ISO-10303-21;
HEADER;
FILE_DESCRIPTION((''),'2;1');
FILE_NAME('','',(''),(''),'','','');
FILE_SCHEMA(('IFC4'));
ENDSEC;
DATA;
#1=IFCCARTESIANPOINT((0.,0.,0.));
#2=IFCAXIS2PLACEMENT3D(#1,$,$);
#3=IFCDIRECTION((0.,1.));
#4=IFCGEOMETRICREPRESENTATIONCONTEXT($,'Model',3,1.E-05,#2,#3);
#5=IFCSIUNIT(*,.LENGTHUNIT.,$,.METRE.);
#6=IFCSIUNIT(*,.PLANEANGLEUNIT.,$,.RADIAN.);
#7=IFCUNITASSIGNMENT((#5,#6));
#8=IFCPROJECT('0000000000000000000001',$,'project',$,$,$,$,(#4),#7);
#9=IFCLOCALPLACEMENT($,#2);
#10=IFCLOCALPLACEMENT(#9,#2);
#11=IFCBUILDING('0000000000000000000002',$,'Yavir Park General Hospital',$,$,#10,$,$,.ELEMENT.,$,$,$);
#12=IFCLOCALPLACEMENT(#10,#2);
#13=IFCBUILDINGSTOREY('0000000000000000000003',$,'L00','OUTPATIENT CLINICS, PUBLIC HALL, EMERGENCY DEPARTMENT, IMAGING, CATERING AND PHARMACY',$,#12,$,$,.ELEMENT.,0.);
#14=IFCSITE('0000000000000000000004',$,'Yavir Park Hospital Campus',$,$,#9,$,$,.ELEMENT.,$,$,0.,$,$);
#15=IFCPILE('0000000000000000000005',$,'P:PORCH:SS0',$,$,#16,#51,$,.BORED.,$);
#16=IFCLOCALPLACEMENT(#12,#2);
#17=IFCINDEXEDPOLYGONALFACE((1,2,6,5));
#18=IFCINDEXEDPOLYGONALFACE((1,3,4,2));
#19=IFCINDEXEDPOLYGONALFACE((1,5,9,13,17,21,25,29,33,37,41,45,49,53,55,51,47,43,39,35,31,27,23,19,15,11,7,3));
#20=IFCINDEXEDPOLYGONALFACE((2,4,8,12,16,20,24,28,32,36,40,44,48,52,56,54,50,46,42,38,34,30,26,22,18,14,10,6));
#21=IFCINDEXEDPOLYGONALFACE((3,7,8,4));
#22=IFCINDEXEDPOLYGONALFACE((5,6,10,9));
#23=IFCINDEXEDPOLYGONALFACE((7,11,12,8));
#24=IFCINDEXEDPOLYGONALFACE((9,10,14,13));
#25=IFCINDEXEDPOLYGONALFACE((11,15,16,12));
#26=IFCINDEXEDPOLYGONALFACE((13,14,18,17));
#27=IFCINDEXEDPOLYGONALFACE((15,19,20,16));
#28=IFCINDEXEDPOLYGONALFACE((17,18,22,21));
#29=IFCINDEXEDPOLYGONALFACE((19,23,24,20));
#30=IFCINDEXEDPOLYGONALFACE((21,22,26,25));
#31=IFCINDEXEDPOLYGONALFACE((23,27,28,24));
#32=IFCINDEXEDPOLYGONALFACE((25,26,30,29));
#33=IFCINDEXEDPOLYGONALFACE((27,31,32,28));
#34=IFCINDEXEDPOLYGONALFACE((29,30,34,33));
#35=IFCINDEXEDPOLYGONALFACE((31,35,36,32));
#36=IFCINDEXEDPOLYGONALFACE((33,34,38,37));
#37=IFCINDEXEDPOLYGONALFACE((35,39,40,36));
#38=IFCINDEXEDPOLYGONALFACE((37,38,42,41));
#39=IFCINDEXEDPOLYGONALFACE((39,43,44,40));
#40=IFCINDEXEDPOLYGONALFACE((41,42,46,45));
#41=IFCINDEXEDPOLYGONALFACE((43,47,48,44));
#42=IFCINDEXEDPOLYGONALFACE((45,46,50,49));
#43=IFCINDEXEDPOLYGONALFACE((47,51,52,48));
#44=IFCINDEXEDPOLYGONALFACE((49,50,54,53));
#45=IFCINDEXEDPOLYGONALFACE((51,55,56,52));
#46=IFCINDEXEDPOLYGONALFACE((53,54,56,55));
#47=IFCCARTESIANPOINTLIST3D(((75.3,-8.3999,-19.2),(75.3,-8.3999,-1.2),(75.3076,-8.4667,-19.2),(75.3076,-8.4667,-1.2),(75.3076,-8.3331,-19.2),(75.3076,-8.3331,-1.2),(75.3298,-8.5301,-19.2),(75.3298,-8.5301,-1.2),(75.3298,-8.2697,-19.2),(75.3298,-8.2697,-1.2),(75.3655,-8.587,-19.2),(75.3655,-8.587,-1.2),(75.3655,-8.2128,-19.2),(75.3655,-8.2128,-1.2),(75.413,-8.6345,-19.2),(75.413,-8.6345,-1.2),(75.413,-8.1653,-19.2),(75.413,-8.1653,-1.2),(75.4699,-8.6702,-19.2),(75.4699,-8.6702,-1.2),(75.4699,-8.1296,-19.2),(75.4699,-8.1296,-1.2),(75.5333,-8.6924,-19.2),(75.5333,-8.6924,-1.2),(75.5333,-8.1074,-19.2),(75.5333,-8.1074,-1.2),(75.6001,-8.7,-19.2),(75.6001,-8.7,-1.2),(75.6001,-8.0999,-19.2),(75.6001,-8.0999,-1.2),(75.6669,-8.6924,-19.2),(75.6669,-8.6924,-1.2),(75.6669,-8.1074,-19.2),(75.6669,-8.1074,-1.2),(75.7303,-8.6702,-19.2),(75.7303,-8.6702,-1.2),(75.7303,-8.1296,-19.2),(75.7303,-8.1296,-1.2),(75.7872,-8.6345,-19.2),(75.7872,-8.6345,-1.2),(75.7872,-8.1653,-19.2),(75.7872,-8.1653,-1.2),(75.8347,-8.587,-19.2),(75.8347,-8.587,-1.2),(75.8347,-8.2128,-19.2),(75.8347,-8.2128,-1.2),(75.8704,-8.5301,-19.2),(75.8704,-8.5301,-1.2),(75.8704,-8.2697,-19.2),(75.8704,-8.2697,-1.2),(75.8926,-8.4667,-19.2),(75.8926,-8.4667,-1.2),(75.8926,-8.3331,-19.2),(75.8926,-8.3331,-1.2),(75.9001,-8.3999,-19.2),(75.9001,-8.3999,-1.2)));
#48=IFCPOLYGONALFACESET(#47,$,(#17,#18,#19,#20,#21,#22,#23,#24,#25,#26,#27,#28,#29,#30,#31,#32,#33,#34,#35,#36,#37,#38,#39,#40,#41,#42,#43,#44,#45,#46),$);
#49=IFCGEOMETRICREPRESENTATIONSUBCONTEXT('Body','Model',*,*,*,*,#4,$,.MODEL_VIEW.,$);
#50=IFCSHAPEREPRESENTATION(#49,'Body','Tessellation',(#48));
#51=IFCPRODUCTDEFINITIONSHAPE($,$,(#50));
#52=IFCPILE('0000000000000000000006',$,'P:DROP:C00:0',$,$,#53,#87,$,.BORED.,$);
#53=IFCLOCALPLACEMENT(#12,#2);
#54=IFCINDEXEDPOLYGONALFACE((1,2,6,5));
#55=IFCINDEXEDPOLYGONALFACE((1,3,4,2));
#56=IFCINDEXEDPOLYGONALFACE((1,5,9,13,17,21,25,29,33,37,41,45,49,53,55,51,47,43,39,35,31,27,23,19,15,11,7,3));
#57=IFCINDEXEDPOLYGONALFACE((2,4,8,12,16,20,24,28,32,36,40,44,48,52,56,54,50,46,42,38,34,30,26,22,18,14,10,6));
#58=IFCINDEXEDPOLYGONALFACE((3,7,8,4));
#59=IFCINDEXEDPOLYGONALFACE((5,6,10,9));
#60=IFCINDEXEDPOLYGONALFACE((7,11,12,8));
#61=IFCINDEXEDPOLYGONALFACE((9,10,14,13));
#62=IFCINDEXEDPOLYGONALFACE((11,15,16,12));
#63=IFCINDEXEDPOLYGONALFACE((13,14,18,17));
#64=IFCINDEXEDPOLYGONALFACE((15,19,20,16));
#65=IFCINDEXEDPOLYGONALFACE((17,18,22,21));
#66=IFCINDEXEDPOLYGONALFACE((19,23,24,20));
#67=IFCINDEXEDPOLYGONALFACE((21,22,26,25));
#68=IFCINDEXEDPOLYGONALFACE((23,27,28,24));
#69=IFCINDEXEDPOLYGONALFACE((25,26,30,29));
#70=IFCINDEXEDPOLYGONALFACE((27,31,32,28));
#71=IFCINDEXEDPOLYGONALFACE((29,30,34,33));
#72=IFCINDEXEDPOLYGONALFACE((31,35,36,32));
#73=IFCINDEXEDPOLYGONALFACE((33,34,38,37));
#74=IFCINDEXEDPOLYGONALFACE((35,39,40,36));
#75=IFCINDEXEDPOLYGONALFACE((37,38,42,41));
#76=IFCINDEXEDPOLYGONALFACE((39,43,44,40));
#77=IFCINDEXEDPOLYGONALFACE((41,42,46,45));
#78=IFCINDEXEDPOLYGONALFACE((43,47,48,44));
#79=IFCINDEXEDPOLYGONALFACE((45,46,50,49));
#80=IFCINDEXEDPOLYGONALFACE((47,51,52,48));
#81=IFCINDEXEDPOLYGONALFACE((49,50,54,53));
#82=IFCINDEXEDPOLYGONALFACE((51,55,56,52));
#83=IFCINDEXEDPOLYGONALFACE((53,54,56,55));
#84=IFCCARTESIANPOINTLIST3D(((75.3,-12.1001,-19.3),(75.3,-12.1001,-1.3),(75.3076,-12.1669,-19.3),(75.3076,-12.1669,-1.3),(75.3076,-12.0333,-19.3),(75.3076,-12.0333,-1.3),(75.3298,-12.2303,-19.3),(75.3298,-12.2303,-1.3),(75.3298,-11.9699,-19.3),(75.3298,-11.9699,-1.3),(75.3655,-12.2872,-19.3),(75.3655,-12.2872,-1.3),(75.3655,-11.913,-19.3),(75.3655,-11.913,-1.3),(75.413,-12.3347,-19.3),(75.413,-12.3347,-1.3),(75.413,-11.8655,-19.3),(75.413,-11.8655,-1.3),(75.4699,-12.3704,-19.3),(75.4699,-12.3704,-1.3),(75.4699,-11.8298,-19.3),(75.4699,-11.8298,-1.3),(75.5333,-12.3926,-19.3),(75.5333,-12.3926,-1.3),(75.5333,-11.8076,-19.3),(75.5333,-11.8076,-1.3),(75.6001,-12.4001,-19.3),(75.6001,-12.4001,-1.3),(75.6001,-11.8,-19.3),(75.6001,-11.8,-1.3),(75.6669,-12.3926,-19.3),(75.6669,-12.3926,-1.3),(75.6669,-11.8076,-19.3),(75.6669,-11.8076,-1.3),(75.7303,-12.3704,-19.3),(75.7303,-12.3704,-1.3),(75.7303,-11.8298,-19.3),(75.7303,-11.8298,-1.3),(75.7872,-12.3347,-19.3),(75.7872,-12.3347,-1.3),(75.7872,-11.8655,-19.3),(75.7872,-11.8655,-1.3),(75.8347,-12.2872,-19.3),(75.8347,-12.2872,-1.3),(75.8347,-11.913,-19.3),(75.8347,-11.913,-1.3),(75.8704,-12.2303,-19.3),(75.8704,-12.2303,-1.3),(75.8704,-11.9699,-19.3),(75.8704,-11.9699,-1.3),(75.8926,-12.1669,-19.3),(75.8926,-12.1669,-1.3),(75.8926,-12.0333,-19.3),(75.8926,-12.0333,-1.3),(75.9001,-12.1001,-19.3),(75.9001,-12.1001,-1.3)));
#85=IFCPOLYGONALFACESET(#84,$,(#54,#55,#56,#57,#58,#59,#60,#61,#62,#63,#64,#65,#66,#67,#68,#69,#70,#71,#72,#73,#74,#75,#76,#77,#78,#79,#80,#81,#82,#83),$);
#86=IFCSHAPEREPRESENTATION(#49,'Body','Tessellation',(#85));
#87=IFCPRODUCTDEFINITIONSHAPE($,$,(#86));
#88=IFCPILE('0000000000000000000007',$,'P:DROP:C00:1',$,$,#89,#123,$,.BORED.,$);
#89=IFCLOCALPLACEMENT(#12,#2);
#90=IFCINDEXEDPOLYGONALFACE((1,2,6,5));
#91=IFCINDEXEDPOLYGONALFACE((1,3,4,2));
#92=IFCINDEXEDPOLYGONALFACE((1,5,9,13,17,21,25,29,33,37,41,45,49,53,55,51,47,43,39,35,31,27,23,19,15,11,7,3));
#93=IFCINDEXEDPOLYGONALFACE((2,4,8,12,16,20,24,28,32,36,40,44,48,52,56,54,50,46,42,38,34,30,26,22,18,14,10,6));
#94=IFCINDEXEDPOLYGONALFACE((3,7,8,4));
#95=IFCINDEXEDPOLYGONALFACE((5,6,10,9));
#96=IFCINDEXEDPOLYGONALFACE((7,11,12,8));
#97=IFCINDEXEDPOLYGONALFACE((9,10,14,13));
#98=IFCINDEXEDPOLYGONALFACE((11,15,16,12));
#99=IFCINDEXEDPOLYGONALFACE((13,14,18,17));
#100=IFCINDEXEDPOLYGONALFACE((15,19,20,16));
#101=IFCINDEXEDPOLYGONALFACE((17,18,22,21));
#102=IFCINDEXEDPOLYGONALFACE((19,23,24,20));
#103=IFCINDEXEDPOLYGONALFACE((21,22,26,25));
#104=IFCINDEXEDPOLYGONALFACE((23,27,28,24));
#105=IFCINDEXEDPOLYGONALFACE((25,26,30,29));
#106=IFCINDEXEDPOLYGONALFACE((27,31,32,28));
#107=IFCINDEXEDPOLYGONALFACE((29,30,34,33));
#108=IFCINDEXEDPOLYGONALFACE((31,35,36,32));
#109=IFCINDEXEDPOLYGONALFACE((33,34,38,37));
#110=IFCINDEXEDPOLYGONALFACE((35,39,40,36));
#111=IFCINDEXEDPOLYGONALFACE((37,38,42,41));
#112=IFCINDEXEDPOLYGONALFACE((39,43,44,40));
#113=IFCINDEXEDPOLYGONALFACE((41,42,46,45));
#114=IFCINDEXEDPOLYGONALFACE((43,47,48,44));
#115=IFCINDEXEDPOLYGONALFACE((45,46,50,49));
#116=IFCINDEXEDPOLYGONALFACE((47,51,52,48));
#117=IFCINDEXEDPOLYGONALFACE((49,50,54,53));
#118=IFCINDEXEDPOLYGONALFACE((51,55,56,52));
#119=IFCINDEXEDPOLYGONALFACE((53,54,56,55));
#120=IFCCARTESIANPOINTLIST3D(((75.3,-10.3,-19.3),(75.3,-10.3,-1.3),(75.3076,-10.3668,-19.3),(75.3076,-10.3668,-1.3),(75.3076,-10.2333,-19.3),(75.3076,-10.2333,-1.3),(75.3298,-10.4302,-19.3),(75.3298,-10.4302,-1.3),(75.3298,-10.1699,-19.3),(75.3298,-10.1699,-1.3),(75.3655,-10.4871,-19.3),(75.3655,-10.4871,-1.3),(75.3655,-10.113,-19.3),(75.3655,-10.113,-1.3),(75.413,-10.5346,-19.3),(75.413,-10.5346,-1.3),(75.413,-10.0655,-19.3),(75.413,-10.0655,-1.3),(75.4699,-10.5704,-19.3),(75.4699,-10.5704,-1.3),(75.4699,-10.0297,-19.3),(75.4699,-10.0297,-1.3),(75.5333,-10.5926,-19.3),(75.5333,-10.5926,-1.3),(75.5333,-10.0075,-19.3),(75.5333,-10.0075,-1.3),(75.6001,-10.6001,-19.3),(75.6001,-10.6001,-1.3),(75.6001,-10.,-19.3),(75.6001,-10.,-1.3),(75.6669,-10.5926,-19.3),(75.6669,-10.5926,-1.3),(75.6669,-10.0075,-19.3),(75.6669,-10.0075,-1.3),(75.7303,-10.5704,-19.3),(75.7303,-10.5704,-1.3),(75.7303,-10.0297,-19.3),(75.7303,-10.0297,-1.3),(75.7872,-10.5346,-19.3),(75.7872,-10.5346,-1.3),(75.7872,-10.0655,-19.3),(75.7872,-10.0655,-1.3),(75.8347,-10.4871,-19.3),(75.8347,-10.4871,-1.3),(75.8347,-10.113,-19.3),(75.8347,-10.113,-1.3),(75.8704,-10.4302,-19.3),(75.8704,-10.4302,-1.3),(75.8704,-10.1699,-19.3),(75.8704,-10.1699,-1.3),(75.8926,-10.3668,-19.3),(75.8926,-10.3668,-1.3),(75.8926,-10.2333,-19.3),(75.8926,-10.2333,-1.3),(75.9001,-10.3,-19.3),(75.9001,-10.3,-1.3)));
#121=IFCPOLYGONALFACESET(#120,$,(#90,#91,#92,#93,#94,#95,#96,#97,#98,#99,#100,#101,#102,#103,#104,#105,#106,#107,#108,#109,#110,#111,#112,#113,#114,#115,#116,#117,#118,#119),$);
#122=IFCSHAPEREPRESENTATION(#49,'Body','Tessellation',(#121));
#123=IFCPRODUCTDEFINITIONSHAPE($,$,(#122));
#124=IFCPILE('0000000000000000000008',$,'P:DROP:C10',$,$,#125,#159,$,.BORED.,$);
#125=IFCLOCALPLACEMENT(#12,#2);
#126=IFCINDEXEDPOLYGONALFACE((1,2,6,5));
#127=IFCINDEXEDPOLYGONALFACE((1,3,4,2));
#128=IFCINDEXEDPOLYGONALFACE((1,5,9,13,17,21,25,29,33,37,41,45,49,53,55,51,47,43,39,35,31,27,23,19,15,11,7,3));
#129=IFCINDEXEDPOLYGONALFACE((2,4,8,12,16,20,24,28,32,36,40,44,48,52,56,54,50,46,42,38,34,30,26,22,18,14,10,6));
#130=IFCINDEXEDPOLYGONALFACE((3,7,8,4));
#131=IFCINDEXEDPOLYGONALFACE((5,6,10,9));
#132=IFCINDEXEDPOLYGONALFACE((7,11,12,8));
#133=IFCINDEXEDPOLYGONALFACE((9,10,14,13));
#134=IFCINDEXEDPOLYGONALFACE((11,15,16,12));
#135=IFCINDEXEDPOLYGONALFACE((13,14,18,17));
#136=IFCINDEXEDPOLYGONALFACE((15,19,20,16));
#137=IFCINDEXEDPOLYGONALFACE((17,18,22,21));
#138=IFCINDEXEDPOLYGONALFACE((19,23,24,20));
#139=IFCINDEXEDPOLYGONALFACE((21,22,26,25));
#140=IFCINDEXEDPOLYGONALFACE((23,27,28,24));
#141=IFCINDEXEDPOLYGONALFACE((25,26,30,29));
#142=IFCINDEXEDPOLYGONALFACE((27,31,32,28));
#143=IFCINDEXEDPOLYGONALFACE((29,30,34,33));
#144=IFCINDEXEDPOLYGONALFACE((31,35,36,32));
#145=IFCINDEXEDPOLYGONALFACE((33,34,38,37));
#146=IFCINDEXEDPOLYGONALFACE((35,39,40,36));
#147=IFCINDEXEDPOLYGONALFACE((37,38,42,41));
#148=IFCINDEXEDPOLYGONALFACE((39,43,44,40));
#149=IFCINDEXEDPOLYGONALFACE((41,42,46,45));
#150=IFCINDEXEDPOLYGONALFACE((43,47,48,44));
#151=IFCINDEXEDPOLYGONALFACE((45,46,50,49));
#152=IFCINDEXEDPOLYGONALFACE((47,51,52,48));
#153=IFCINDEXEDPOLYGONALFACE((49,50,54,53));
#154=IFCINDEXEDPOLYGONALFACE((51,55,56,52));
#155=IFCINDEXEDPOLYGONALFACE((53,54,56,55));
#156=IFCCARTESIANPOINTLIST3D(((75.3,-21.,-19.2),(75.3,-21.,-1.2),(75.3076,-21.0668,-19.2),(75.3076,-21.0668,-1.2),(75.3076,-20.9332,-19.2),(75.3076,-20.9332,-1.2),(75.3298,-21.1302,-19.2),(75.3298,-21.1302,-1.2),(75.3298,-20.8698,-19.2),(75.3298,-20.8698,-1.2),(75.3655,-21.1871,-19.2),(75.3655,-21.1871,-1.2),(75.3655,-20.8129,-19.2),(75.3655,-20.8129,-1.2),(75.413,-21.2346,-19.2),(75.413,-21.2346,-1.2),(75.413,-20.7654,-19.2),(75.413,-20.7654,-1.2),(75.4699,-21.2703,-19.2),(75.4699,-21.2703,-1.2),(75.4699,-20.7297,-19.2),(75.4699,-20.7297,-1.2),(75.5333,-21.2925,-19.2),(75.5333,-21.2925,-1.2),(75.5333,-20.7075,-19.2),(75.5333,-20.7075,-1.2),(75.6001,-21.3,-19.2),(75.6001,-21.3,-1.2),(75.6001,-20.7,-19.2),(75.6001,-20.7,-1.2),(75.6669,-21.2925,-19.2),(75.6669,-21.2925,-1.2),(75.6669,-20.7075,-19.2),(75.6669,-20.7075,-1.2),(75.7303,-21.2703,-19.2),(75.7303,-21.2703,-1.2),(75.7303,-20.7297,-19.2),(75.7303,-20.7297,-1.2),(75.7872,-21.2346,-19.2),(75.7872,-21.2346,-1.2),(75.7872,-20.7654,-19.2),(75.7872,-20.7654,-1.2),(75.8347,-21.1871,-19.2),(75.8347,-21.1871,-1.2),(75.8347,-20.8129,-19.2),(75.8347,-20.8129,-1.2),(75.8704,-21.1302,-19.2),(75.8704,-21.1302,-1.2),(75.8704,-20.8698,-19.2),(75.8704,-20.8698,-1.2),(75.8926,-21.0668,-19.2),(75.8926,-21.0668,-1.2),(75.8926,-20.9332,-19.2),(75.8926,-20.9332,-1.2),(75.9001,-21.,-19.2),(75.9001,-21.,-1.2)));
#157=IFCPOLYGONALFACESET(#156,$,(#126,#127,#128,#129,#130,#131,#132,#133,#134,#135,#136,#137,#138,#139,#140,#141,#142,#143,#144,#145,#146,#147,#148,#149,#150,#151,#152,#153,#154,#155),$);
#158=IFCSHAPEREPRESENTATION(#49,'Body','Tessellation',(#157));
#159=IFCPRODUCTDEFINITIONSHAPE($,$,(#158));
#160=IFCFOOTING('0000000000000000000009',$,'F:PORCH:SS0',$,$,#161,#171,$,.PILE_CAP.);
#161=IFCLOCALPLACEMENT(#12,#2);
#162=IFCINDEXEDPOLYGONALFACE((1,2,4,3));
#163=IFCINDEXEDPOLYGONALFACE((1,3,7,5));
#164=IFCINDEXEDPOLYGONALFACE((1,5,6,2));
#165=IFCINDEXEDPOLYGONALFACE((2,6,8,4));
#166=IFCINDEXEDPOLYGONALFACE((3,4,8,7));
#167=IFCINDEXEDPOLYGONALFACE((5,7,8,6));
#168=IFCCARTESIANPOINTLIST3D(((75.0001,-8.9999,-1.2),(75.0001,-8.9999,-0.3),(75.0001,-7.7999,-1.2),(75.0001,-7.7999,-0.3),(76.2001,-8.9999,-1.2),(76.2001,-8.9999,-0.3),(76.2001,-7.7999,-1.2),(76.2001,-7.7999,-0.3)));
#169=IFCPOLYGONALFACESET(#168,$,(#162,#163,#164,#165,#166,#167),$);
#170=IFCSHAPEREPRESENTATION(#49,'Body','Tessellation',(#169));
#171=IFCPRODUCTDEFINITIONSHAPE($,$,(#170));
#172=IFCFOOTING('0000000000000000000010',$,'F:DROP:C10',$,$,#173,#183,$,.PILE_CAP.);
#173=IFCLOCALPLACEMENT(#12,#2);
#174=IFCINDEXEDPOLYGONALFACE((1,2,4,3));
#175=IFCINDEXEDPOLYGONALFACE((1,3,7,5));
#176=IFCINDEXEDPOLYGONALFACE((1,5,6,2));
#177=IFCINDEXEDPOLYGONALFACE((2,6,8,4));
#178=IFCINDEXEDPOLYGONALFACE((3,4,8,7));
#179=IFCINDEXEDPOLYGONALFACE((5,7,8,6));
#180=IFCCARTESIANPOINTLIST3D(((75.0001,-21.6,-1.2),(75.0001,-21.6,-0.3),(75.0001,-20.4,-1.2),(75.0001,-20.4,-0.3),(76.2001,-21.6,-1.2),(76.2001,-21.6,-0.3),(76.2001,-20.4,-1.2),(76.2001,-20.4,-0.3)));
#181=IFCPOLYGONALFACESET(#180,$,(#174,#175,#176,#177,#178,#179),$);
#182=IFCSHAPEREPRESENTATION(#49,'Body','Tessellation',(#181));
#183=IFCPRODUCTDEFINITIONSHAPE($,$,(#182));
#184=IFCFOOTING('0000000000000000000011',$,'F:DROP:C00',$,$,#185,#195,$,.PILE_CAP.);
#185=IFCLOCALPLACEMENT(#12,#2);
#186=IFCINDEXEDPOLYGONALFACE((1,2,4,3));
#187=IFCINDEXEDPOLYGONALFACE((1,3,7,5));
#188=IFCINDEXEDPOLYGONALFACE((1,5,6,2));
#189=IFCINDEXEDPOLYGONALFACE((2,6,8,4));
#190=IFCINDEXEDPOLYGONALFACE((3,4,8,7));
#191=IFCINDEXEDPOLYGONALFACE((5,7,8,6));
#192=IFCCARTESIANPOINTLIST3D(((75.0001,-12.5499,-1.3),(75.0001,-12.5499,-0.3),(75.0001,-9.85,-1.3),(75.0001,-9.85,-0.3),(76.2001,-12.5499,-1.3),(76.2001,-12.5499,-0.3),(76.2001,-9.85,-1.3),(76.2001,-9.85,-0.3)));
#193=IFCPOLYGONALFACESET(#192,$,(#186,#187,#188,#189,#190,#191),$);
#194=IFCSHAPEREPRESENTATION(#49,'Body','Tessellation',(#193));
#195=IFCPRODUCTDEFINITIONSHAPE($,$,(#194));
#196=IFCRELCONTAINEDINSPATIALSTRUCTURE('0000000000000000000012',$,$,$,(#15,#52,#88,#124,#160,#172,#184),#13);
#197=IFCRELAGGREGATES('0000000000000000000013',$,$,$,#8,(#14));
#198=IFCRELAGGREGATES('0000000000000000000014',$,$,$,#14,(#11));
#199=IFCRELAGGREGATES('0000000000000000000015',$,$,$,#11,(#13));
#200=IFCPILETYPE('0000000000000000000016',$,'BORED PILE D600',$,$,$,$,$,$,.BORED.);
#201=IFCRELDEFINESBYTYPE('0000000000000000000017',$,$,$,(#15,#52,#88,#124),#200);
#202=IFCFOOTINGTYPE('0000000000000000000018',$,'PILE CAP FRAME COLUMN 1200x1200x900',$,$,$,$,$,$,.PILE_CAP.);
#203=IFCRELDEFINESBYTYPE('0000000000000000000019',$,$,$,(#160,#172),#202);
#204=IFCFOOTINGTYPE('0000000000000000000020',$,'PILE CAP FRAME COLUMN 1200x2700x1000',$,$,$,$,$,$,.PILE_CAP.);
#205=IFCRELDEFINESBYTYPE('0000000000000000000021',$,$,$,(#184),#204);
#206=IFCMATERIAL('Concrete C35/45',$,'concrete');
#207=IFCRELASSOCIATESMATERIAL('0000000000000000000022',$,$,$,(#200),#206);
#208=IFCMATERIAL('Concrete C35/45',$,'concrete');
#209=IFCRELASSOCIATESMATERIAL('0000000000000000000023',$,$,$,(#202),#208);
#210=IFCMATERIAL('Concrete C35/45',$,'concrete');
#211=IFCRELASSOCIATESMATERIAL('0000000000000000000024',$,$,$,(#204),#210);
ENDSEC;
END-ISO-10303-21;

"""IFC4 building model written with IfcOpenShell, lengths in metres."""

from ifc_helpers import new_model, si_unit, direction, frame, origin, origin_2d, place, context, subcontext, project, spatial, rectangle, circle, extrude, material, material_profile, profile_set, type_object, element, save


model = new_model("IFC4")

# Units and contexts
model_context = context("Model", 3, precision=1e-05, world=origin(), true_north=direction((0.0, 1.0)))
body_context = subcontext(model_context, "Body", "Model", "MODEL_VIEW")
ifc_project = project(units=[si_unit("LENGTHUNIT", "METRE"), si_unit("PLANEANGLEUNIT", "RADIAN")], contexts=[model_context])

# Site, building, storey
site_placement = place(None, origin())
site = spatial("IfcSite", under=ifc_project, at=site_placement, Name="Yavir Park Hospital Campus", CompositionType="ELEMENT", RefElevation=0.0)
building_placement = place(site_placement, origin())
building = spatial("IfcBuilding", under=site, at=building_placement, Name="Yavir Park General Hospital", CompositionType="ELEMENT")
storey_placement = place(building_placement, origin())
storey = spatial("IfcBuildingStorey", under=building, at=storey_placement, Name="L00", Description="OUTPATIENT CLINICS, PUBLIC HALL, EMERGENCY DEPARTMENT, IMAGING, CATERING AND PHARMACY", CompositionType="ELEMENT", Elevation=0.0)

# Piles
ifc_material_1 = material(Name="Concrete C35/45", Category="concrete")
ifc_material_profile_1 = material_profile(ifc_material_1, circle(Radius=0.3, at=origin_2d()), Name="D600")
ifc_profile_set_1 = profile_set([ifc_material_profile_1], Name="Concrete C35/45")
pile_type = type_object("IfcPileType", Name="BORED PILE D600", PredefinedType="BORED", material=ifc_profile_set_1)
for number, where, z_axis, x_axis, name in (
    (1, (75.6001, -8.3999, -1.2), (0.0, 0.0, -1.0), (1.0, 0.0, 0.0), "P:PORCH:SS0"),
    (2, (75.6001, -12.1001, -1.3), (0.0, 0.0, -1.0), (1.0, 0.0, 0.0), "P:DROP:C00:0"),
    (3, (75.6001, -10.3, -1.3), (0.0, 0.0, -1.0), (1.0, 0.0, 0.0), "P:DROP:C00:1"),
    (4, (75.6001, -21.0, -1.2), (0.0, 0.0, -1.0), (1.0, 0.0, 0.0), "P:DROP:C10"),
):
    element("IfcPile", number, at=place(storey_placement, frame(where, z_axis=z_axis, x_axis=x_axis)), inside=storey, type_object=pile_type, Name=name, PredefinedType="BORED", context=body_context, shape_type="SweptSolid", body=[
        extrude(circle(Radius=0.3, at=origin_2d()), origin(), (0.0, 0.0, 1.0), 18.0),
    ])

# Footings
ifc_material_2 = material(Name="Concrete C35/45", Category="concrete")
footing_type_1 = type_object("IfcFootingType", Name="PILE CAP FRAME COLUMN 1200x1200x900", PredefinedType="PILE_CAP", material=ifc_material_2)
for number, where, z_axis, x_axis, name in (
    (5, (75.6001, -8.3999, -1.2), (0.0, 0.0, 1.0), (1.0, 0.0, 0.0), "F:PORCH:SS0"),
    (6, (75.6001, -21.0, -1.2), (0.0, 0.0, 1.0), (1.0, 0.0, 0.0), "F:DROP:C10"),
):
    element("IfcFooting", number, at=place(storey_placement, frame(where, z_axis=z_axis, x_axis=x_axis)), inside=storey, type_object=footing_type_1, Name=name, PredefinedType="PILE_CAP", context=body_context, shape_type="SweptSolid", body=[
        extrude(rectangle(XDim=1.2, YDim=1.2, at=origin_2d()), origin(), (0.0, 0.0, 1.0), 0.8999),
    ])
ifc_material_3 = material(Name="Concrete C35/45", Category="concrete")
footing_type_2 = type_object("IfcFootingType", Name="PILE CAP FRAME COLUMN 1200x2700x1000", PredefinedType="PILE_CAP", material=ifc_material_3)
footing_placement = place(storey_placement, frame((75.6001, -11.2, -1.3), z_axis=(0.0, 0.0, 1.0), x_axis=(1.0, 0.0, 0.0)))
element("IfcFooting", 7, at=footing_placement, inside=storey, type_object=footing_type_2, Name="F:DROP:C00", PredefinedType="PILE_CAP", context=body_context, shape_type="SweptSolid", body=[
    extrude(rectangle(XDim=1.2, YDim=2.7, at=origin_2d()), origin(), (0.0, 0.0, 1.0), 1.0),
])

save(model, "model.ifc")
